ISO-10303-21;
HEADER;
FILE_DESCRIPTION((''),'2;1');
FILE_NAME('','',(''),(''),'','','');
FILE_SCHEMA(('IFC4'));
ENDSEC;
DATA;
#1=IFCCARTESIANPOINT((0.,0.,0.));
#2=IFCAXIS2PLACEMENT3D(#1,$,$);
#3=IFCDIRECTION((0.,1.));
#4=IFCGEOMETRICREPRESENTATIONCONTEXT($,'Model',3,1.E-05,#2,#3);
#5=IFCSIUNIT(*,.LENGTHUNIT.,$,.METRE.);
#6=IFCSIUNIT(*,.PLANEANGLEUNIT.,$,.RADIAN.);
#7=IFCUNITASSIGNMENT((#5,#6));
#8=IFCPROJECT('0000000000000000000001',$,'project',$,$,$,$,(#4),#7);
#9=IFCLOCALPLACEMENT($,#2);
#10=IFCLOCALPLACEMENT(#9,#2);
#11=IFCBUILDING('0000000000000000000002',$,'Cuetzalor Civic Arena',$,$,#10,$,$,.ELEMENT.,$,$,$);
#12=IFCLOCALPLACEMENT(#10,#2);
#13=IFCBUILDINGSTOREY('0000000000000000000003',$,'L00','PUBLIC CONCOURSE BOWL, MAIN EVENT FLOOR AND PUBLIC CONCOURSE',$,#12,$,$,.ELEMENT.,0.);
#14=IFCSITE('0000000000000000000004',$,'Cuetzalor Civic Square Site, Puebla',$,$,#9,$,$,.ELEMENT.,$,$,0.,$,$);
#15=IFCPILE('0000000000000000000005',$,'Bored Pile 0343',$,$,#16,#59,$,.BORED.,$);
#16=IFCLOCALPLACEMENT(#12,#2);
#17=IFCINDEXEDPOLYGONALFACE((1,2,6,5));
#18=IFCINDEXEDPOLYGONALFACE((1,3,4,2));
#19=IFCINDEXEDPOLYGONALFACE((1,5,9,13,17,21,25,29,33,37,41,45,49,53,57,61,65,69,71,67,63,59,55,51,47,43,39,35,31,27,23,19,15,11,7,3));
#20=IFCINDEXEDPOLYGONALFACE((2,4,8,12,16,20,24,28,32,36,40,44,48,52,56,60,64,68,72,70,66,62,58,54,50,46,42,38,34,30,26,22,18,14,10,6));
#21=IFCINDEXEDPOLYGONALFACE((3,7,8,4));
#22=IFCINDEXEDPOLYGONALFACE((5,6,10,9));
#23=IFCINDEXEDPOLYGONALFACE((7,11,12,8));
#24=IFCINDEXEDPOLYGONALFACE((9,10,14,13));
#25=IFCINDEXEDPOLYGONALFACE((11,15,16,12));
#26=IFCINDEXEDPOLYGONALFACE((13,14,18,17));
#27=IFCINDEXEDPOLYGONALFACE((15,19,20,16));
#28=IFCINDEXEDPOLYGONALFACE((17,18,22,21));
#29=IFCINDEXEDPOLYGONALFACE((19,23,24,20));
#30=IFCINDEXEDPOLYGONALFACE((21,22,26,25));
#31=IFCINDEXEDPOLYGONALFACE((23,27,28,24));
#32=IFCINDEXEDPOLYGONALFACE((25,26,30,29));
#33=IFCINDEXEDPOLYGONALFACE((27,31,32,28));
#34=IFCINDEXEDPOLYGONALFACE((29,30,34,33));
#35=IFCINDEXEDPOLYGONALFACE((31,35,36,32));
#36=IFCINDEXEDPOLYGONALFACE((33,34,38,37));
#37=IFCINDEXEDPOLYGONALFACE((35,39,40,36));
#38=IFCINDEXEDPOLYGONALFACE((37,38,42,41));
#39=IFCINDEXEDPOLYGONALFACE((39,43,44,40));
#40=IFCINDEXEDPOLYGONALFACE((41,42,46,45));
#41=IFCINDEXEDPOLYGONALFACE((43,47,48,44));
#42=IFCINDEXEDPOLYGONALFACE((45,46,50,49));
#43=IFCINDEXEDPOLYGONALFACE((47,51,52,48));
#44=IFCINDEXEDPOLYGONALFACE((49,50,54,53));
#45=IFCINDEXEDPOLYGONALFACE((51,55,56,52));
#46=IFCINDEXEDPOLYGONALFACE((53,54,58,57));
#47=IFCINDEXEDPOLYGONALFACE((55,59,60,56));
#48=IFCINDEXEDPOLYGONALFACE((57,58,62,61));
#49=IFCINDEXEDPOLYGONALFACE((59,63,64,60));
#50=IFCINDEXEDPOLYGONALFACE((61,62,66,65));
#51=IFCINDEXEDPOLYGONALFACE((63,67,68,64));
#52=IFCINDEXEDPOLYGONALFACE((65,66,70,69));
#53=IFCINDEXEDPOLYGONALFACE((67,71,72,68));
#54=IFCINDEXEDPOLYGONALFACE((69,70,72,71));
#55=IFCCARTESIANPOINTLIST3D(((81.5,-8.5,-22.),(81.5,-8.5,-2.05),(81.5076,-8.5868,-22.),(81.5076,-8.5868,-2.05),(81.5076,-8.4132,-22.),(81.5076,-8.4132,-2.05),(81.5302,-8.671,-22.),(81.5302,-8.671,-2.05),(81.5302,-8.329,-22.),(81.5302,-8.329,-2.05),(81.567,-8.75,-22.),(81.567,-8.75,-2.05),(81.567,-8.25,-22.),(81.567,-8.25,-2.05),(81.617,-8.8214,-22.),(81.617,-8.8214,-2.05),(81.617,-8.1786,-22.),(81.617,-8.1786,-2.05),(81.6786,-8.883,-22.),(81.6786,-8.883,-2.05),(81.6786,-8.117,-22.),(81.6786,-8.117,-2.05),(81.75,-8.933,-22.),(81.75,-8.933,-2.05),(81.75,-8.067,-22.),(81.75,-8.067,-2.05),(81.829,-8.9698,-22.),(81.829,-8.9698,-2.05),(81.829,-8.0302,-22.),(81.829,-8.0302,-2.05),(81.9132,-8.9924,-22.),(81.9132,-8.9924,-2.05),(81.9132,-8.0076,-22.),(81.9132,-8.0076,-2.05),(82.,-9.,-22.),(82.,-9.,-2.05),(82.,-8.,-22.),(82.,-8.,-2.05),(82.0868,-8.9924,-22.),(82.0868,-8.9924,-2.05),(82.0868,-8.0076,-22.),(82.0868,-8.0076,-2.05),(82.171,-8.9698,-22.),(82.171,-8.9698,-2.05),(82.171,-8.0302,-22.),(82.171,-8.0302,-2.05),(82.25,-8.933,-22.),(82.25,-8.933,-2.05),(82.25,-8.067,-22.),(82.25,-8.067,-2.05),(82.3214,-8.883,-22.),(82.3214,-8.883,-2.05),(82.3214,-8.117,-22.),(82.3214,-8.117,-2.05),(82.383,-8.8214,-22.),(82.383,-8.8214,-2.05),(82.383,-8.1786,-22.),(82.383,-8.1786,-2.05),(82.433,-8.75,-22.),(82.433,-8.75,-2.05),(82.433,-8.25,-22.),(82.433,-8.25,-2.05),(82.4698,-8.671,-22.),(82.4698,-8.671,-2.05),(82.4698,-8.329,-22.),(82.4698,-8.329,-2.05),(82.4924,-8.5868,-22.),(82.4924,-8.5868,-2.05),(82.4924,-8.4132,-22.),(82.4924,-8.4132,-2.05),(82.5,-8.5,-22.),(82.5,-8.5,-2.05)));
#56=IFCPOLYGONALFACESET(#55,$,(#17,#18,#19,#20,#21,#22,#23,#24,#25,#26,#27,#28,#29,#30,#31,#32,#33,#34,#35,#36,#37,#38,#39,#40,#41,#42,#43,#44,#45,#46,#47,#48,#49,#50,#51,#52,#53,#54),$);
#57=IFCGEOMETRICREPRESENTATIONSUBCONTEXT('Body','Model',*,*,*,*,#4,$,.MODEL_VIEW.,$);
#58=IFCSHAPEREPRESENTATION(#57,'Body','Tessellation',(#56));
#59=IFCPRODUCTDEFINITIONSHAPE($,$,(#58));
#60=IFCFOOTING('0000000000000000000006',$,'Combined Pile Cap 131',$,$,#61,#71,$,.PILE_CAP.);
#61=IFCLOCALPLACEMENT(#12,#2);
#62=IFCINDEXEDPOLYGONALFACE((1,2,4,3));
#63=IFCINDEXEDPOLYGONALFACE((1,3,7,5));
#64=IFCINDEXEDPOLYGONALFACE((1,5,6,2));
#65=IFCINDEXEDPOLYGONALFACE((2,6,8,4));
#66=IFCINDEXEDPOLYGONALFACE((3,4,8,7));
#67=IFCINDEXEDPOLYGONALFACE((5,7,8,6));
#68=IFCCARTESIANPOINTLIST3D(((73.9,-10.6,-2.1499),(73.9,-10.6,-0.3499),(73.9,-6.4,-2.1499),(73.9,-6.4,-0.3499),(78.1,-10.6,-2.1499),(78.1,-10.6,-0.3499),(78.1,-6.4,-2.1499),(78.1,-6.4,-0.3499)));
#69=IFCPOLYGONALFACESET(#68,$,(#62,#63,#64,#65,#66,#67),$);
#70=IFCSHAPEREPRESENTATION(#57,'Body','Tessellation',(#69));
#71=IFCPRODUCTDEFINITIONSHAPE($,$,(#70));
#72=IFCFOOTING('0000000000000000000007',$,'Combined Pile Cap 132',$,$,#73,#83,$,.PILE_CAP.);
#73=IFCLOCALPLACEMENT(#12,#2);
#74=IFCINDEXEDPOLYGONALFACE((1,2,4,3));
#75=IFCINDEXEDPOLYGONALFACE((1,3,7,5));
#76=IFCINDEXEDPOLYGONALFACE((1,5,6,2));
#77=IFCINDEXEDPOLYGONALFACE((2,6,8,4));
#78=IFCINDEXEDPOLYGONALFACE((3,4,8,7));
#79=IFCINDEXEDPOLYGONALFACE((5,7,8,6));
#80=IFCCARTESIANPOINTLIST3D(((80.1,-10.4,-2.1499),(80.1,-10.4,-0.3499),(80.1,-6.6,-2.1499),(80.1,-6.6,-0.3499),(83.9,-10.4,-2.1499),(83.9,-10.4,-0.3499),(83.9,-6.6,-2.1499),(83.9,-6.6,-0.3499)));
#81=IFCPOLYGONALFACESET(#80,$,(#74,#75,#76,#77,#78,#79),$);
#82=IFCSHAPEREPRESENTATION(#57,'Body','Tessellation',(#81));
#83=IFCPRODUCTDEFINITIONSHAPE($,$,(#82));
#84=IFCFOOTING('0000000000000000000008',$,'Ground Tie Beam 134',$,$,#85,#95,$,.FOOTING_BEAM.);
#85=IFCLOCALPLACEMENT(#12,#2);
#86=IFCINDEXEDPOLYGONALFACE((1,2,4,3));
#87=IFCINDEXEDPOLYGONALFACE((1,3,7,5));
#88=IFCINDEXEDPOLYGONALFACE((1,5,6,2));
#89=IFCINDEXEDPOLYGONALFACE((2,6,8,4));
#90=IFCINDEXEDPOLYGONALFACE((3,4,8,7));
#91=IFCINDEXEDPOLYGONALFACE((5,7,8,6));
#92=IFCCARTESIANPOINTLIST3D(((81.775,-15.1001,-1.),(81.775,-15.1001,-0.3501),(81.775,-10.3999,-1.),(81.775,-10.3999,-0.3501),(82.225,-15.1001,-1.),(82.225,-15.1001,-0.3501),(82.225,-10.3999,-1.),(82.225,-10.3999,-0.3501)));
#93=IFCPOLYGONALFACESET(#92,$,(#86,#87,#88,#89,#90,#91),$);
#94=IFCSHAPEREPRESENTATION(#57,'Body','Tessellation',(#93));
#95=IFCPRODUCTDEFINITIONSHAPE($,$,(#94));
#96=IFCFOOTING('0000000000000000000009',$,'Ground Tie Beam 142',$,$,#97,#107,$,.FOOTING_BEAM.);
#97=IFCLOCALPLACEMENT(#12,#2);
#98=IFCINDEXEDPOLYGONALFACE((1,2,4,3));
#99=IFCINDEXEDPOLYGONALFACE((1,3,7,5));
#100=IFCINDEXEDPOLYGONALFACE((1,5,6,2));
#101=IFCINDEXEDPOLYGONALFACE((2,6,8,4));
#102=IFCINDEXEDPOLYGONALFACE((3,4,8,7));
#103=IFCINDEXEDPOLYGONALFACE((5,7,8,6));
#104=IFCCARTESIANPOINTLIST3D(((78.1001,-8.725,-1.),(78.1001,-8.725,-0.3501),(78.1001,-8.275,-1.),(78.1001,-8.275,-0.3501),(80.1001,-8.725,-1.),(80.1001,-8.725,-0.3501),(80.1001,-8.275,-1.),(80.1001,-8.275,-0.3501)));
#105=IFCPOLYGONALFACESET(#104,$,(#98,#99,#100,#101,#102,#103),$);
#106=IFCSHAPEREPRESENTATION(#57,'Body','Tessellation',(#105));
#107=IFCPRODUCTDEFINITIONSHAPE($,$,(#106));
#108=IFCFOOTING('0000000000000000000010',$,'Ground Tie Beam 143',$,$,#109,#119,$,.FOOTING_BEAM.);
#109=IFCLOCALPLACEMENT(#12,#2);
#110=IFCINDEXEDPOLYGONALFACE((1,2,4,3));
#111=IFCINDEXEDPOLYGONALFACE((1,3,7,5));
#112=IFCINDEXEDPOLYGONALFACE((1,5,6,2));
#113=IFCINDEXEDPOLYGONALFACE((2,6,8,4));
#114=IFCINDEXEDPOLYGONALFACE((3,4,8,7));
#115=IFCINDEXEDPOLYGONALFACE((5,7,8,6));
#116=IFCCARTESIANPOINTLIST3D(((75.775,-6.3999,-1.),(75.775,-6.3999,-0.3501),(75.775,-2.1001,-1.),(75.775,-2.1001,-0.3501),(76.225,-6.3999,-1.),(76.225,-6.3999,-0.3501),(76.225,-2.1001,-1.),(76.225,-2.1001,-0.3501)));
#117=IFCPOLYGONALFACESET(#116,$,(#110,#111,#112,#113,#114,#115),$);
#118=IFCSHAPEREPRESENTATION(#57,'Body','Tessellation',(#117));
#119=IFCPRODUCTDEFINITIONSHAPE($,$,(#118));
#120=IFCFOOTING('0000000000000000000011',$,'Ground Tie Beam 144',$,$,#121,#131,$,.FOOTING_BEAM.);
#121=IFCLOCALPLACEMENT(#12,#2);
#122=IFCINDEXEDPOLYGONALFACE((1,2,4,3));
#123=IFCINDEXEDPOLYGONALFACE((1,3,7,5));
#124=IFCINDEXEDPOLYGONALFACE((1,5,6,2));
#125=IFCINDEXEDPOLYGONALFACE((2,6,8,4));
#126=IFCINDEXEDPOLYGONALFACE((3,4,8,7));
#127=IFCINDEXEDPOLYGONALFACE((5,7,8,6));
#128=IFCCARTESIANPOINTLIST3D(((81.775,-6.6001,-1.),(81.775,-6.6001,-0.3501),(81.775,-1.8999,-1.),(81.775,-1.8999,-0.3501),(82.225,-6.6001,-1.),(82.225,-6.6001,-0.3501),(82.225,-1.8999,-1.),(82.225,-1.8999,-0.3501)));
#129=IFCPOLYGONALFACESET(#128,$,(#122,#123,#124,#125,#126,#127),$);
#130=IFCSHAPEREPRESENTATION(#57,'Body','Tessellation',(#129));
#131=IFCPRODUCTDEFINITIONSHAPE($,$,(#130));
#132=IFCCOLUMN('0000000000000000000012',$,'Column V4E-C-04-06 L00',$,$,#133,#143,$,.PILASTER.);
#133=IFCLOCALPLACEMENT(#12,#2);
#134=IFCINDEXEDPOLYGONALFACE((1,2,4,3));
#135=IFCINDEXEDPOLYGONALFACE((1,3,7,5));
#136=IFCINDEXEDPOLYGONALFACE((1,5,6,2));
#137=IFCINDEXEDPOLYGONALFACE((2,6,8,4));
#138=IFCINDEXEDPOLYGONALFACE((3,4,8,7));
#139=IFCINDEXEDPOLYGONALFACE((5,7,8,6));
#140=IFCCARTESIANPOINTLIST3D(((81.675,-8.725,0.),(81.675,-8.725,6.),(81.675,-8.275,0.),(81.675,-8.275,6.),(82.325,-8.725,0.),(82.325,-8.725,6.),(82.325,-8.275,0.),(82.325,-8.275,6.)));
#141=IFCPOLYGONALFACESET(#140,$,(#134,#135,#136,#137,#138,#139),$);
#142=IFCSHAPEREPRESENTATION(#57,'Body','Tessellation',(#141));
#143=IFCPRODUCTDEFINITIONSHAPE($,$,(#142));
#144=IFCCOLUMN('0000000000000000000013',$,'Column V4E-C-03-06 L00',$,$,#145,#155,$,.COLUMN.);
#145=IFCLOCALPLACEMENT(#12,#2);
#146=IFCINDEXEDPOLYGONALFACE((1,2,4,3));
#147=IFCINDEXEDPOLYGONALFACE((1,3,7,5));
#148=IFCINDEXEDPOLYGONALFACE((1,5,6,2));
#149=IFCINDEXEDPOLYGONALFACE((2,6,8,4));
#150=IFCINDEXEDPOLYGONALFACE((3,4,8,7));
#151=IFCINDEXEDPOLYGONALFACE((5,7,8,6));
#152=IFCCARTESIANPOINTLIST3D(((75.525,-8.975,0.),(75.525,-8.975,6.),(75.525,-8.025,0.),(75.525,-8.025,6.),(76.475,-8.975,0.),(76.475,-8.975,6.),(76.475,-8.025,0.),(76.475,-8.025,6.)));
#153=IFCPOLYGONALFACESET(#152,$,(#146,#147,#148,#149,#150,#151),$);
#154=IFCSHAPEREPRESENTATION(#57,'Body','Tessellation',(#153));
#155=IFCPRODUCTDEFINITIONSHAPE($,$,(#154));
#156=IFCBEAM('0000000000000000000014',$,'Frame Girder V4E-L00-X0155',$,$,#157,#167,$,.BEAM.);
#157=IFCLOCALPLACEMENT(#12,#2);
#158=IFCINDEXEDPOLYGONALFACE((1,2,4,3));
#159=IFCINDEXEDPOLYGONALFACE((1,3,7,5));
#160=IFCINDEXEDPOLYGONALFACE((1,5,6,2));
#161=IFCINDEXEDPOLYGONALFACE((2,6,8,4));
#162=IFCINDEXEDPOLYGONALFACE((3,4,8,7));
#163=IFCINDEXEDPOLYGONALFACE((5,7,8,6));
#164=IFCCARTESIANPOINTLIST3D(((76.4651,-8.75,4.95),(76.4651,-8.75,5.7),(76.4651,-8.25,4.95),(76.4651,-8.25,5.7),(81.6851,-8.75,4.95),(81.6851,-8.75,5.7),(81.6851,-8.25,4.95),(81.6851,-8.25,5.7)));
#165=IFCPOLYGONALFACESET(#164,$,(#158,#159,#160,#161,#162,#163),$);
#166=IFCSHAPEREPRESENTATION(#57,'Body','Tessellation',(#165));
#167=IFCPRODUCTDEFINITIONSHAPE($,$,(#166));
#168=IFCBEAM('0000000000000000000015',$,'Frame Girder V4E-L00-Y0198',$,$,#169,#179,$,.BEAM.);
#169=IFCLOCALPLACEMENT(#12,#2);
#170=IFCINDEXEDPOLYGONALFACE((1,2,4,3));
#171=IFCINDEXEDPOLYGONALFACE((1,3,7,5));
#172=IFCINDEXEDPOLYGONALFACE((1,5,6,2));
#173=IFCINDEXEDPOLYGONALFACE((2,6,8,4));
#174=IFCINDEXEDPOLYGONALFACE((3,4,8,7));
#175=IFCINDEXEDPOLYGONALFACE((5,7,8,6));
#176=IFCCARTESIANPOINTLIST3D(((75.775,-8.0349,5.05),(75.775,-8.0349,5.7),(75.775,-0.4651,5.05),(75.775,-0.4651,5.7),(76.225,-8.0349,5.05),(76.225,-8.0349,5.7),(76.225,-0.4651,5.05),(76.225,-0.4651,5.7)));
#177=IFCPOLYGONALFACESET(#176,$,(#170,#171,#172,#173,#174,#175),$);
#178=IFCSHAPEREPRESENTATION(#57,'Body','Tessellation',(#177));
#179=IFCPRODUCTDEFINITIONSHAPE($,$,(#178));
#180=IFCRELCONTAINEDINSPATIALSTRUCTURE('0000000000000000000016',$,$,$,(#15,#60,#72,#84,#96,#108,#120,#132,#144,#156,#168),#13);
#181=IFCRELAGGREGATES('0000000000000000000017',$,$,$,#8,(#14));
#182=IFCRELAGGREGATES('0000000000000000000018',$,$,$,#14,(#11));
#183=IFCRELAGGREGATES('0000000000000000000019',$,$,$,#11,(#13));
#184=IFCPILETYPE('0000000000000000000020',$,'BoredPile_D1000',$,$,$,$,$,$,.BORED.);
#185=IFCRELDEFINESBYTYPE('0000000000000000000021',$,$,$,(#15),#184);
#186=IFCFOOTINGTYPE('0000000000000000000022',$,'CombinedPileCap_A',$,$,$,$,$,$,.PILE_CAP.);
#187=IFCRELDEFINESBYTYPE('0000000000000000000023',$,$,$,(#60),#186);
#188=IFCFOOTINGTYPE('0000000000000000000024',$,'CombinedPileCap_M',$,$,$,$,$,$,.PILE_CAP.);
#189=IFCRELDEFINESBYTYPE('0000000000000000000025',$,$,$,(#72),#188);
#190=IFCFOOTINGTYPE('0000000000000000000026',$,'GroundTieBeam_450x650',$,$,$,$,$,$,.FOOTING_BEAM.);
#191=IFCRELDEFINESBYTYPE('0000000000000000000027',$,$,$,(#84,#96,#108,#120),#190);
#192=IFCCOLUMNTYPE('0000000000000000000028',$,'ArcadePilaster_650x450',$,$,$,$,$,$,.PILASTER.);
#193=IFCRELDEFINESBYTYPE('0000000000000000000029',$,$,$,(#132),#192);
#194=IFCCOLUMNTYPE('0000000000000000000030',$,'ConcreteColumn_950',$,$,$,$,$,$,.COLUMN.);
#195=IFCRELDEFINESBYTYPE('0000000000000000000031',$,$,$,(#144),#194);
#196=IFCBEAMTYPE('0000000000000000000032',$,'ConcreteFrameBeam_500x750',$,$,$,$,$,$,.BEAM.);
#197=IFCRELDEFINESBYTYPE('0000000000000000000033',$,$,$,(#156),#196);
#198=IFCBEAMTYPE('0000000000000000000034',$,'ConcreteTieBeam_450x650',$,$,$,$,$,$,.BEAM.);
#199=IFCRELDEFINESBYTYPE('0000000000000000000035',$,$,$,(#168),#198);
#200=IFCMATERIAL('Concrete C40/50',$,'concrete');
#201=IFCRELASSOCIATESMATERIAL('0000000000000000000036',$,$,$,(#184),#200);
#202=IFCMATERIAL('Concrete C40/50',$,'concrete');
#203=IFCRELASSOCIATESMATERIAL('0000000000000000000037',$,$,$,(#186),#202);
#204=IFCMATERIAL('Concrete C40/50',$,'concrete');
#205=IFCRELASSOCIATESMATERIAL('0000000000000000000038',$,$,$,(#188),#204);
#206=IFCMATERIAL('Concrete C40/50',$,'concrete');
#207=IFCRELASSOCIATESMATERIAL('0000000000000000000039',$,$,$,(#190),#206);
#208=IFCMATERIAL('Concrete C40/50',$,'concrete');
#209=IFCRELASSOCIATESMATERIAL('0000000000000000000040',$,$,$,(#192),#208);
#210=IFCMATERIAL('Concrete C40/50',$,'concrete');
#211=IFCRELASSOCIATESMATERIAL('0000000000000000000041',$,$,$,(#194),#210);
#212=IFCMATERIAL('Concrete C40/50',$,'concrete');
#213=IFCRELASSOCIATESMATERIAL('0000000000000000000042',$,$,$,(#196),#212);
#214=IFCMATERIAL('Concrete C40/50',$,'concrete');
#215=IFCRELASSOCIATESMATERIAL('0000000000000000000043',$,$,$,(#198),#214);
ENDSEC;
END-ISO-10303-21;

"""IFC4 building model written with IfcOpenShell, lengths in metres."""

from ifc_helpers import new_model, si_unit, direction, frame, origin, origin_2d, place, context, subcontext, project, spatial, rectangle, circle, extrude, material, material_profile, profile_set, type_object, element, save


model = new_model("IFC4")

# Units and contexts
model_context = context("Model", 3, precision=1e-05, world=origin(), true_north=direction((0.0, 1.0)))
body_context = subcontext(model_context, "Body", "Model", "MODEL_VIEW")
ifc_project = project(units=[si_unit("LENGTHUNIT", "METRE"), si_unit("PLANEANGLEUNIT", "RADIAN")], contexts=[model_context])

# Site, building, storey
site_placement = place(None, origin())
site = spatial("IfcSite", under=ifc_project, at=site_placement, Name="Cuetzalor Civic Square Site, Puebla", CompositionType="ELEMENT", RefElevation=0.0)
building_placement = place(site_placement, origin())
building = spatial("IfcBuilding", under=site, at=building_placement, Name="Cuetzalor Civic Arena", CompositionType="ELEMENT")
storey_placement = place(building_placement, origin())
storey = spatial("IfcBuildingStorey", under=building, at=storey_placement, Name="L00", Description="PUBLIC CONCOURSE BOWL, MAIN EVENT FLOOR AND PUBLIC CONCOURSE", CompositionType="ELEMENT", Elevation=0.0)

# Pile
ifc_material_1 = material(Name="Concrete C40/50", Category="concrete")
ifc_material_profile_1 = material_profile(ifc_material_1, circle(Radius=0.5, at=origin_2d()), Name="BORED PILE D1000")
ifc_profile_set_1 = profile_set([ifc_material_profile_1], Name="Concrete C40/50")
pile_type = type_object("IfcPileType", Name="BoredPile_D1000", PredefinedType="BORED", material=ifc_profile_set_1)
for number, where, z_axis, x_axis, name in (
    (1, (82.0, -8.5, -2.05), (0.0, 0.0, -1.0), (1.0, 0.0, 0.0), "Bored Pile 0343"),
):
    element("IfcPile", number, at=place(storey_placement, frame(where, z_axis=z_axis, x_axis=x_axis)), inside=storey, type_object=pile_type, Name=name, PredefinedType="BORED", context=body_context, shape_type="SweptSolid", body=[
        extrude(circle(Radius=0.5, at=origin_2d()), origin(), (0.0, 0.0, 1.0), 19.95),
    ])

# Footings
ifc_material_2 = material(Name="Concrete C40/50", Category="concrete")
footing_type_1 = type_object("IfcFootingType", Name="CombinedPileCap_A", PredefinedType="PILE_CAP", material=ifc_material_2)
footing_1_placement = place(storey_placement, frame((76.0, -8.5, -2.1499), z_axis=(0.0, 0.0, 1.0), x_axis=(1.0, 0.0, 0.0)))
element("IfcFooting", 2, at=footing_1_placement, inside=storey, type_object=footing_type_1, Name="Combined Pile Cap 131", PredefinedType="PILE_CAP", context=body_context, shape_type="SweptSolid", body=[
    extrude(rectangle(XDim=4.2, YDim=4.2, at=origin_2d()), origin(), (0.0, 0.0, 1.0), 1.8),
])
ifc_material_3 = material(Name="Concrete C40/50", Category="concrete")
footing_type_2 = type_object("IfcFootingType", Name="CombinedPileCap_M", PredefinedType="PILE_CAP", material=ifc_material_3)
footing_2_placement = place(storey_placement, frame((82.0, -8.5, -2.1499), z_axis=(0.0, 0.0, 1.0), x_axis=(1.0, 0.0, 0.0)))
element("IfcFooting", 3, at=footing_2_placement, inside=storey, type_object=footing_type_2, Name="Combined Pile Cap 132", PredefinedType="PILE_CAP", context=body_context, shape_type="SweptSolid", body=[
    extrude(rectangle(XDim=3.8, YDim=3.8, at=origin_2d()), origin(), (0.0, 0.0, 1.0), 1.8),
])
ifc_material_4 = material(Name="Concrete C40/50", Category="concrete")
ifc_material_profile_2 = material_profile(ifc_material_4, rectangle(XDim=0.45, YDim=0.6499, at=origin_2d()), Name="RC 450x650")
ifc_profile_set_2 = profile_set([ifc_material_profile_2], Name="Concrete C40/50")
footing_type_3 = type_object("IfcFootingType", Name="GroundTieBeam_450x650", PredefinedType="FOOTING_BEAM", material=ifc_profile_set_2)
footing_3_placement = place(storey_placement, frame((82.0, -15.1001, -0.675), z_axis=(0.0, 1.0, 0.0), x_axis=(-1.0, 0.0, 0.0)))
element("IfcFooting", 4, at=footing_3_placement, inside=storey, type_object=footing_type_3, Name="Ground Tie Beam 134", PredefinedType="FOOTING_BEAM", context=body_context, shape_type="SweptSolid", body=[
    extrude(rectangle(XDim=0.45, YDim=0.6499, at=origin_2d()), origin(), (0.0, 0.0, 1.0), 4.7002),
])
footing_4_placement = place(storey_placement, frame((78.1001, -8.5, -0.675), z_axis=(1.0, 0.0, 0.0), x_axis=(0.0, 1.0, 0.0)))
element("IfcFooting", 5, at=footing_4_placement, inside=storey, type_object=footing_type_3, Name="Ground Tie Beam 142", PredefinedType="FOOTING_BEAM", context=body_context, shape_type="SweptSolid", body=[
    extrude(rectangle(XDim=0.45, YDim=0.6499, at=origin_2d()), origin(), (0.0, 0.0, 1.0), 2.0),
])
footing_5_placement = place(storey_placement, frame((76.0, -6.3999, -0.675), z_axis=(0.0, 1.0, 0.0), x_axis=(-1.0, 0.0, 0.0)))
element("IfcFooting", 6, at=footing_5_placement, inside=storey, type_object=footing_type_3, Name="Ground Tie Beam 143", PredefinedType="FOOTING_BEAM", context=body_context, shape_type="SweptSolid", body=[
    extrude(rectangle(XDim=0.45, YDim=0.6499, at=origin_2d()), origin(), (0.0, 0.0, 1.0), 4.2998),
])
footing_6_placement = place(storey_placement, frame((82.0, -6.6001, -0.675), z_axis=(0.0, 1.0, 0.0), x_axis=(-1.0, 0.0, 0.0)))
element("IfcFooting", 7, at=footing_6_placement, inside=storey, type_object=footing_type_3, Name="Ground Tie Beam 144", PredefinedType="FOOTING_BEAM", context=body_context, shape_type="SweptSolid", body=[
    extrude(rectangle(XDim=0.45, YDim=0.6499, at=origin_2d()), origin(), (0.0, 0.0, 1.0), 4.7002),
])

# Columns
ifc_material_5 = material(Name="Concrete C40/50", Category="concrete")
ifc_material_profile_3 = material_profile(ifc_material_5, rectangle(XDim=0.6499, YDim=0.45, at=origin_2d()), Name="RC 650x450")
ifc_profile_set_3 = profile_set([ifc_material_profile_3], Name="Concrete C40/50")
column_type_1 = type_object("IfcColumnType", Name="ArcadePilaster_650x450", PredefinedType="PILASTER", material=ifc_profile_set_3)
column_1_placement = place(storey_placement, frame((82.0, -8.5, 0.0), z_axis=(0.0, 0.0, 1.0), x_axis=(1.0, 0.0, 0.0)))
element("IfcColumn", 8, at=column_1_placement, inside=storey, type_object=column_type_1, Name="Column V4E-C-04-06 L00", PredefinedType="PILASTER", context=body_context, shape_type="SweptSolid", body=[
    extrude(rectangle(XDim=0.6499, YDim=0.45, at=origin_2d()), origin(), (0.0, 0.0, 1.0), 6.0),
])
ifc_material_6 = material(Name="Concrete C40/50", Category="concrete")
ifc_material_profile_4 = material_profile(ifc_material_6, rectangle(XDim=0.95, YDim=0.95, at=origin_2d()), Name="RC 950x950")
ifc_profile_set_4 = profile_set([ifc_material_profile_4], Name="Concrete C40/50")
column_type_2 = type_object("IfcColumnType", Name="ConcreteColumn_950", PredefinedType="COLUMN", material=ifc_profile_set_4)
column_2_placement = place(storey_placement, frame((76.0, -8.5, 0.0), z_axis=(0.0, 0.0, 1.0), x_axis=(1.0, 0.0, 0.0)))
element("IfcColumn", 9, at=column_2_placement, inside=storey, type_object=column_type_2, Name="Column V4E-C-03-06 L00", PredefinedType="COLUMN", context=body_context, shape_type="SweptSolid", body=[
    extrude(rectangle(XDim=0.95, YDim=0.95, at=origin_2d()), origin(), (0.0, 0.0, 1.0), 6.0),
])

# Beams
ifc_material_7 = material(Name="Concrete C40/50", Category="concrete")
ifc_material_profile_5 = material_profile(ifc_material_7, rectangle(XDim=0.5, YDim=0.75, at=origin_2d()), Name="RC 500x750")
ifc_profile_set_5 = profile_set([ifc_material_profile_5], Name="Concrete C40/50")
beam_type_1 = type_object("IfcBeamType", Name="ConcreteFrameBeam_500x750", PredefinedType="BEAM", material=ifc_profile_set_5)
beam_1_placement = place(storey_placement, frame((76.4651, -8.5, 5.325), z_axis=(1.0, 0.0, 0.0), x_axis=(0.0, 1.0, 0.0)))
element("IfcBeam", 10, at=beam_1_placement, inside=storey, type_object=beam_type_1, Name="Frame Girder V4E-L00-X0155", PredefinedType="BEAM", context=body_context, shape_type="SweptSolid", body=[
    extrude(rectangle(XDim=0.5, YDim=0.75, at=origin_2d()), origin(), (0.0, 0.0, 1.0), 5.22),
])
ifc_material_8 = material(Name="Concrete C40/50", Category="concrete")
ifc_material_profile_6 = material_profile(ifc_material_8, rectangle(XDim=0.45, YDim=0.6499, at=origin_2d()), Name="RC 450x650")
ifc_profile_set_6 = profile_set([ifc_material_profile_6], Name="Concrete C40/50")
beam_type_2 = type_object("IfcBeamType", Name="ConcreteTieBeam_450x650", PredefinedType="BEAM", material=ifc_profile_set_6)
beam_2_placement = place(storey_placement, frame((76.0, -8.0349, 5.375), z_axis=(0.0, 1.0, 0.0), x_axis=(-1.0, 0.0, 0.0)))
element("IfcBeam", 11, at=beam_2_placement, inside=storey, type_object=beam_type_2, Name="Frame Girder V4E-L00-Y0198", PredefinedType="BEAM", context=body_context, shape_type="SweptSolid", body=[
    extrude(rectangle(XDim=0.45, YDim=0.6499, at=origin_2d()), origin(), (0.0, 0.0, 1.0), 7.5698),
])

save(model, "model.ifc")
